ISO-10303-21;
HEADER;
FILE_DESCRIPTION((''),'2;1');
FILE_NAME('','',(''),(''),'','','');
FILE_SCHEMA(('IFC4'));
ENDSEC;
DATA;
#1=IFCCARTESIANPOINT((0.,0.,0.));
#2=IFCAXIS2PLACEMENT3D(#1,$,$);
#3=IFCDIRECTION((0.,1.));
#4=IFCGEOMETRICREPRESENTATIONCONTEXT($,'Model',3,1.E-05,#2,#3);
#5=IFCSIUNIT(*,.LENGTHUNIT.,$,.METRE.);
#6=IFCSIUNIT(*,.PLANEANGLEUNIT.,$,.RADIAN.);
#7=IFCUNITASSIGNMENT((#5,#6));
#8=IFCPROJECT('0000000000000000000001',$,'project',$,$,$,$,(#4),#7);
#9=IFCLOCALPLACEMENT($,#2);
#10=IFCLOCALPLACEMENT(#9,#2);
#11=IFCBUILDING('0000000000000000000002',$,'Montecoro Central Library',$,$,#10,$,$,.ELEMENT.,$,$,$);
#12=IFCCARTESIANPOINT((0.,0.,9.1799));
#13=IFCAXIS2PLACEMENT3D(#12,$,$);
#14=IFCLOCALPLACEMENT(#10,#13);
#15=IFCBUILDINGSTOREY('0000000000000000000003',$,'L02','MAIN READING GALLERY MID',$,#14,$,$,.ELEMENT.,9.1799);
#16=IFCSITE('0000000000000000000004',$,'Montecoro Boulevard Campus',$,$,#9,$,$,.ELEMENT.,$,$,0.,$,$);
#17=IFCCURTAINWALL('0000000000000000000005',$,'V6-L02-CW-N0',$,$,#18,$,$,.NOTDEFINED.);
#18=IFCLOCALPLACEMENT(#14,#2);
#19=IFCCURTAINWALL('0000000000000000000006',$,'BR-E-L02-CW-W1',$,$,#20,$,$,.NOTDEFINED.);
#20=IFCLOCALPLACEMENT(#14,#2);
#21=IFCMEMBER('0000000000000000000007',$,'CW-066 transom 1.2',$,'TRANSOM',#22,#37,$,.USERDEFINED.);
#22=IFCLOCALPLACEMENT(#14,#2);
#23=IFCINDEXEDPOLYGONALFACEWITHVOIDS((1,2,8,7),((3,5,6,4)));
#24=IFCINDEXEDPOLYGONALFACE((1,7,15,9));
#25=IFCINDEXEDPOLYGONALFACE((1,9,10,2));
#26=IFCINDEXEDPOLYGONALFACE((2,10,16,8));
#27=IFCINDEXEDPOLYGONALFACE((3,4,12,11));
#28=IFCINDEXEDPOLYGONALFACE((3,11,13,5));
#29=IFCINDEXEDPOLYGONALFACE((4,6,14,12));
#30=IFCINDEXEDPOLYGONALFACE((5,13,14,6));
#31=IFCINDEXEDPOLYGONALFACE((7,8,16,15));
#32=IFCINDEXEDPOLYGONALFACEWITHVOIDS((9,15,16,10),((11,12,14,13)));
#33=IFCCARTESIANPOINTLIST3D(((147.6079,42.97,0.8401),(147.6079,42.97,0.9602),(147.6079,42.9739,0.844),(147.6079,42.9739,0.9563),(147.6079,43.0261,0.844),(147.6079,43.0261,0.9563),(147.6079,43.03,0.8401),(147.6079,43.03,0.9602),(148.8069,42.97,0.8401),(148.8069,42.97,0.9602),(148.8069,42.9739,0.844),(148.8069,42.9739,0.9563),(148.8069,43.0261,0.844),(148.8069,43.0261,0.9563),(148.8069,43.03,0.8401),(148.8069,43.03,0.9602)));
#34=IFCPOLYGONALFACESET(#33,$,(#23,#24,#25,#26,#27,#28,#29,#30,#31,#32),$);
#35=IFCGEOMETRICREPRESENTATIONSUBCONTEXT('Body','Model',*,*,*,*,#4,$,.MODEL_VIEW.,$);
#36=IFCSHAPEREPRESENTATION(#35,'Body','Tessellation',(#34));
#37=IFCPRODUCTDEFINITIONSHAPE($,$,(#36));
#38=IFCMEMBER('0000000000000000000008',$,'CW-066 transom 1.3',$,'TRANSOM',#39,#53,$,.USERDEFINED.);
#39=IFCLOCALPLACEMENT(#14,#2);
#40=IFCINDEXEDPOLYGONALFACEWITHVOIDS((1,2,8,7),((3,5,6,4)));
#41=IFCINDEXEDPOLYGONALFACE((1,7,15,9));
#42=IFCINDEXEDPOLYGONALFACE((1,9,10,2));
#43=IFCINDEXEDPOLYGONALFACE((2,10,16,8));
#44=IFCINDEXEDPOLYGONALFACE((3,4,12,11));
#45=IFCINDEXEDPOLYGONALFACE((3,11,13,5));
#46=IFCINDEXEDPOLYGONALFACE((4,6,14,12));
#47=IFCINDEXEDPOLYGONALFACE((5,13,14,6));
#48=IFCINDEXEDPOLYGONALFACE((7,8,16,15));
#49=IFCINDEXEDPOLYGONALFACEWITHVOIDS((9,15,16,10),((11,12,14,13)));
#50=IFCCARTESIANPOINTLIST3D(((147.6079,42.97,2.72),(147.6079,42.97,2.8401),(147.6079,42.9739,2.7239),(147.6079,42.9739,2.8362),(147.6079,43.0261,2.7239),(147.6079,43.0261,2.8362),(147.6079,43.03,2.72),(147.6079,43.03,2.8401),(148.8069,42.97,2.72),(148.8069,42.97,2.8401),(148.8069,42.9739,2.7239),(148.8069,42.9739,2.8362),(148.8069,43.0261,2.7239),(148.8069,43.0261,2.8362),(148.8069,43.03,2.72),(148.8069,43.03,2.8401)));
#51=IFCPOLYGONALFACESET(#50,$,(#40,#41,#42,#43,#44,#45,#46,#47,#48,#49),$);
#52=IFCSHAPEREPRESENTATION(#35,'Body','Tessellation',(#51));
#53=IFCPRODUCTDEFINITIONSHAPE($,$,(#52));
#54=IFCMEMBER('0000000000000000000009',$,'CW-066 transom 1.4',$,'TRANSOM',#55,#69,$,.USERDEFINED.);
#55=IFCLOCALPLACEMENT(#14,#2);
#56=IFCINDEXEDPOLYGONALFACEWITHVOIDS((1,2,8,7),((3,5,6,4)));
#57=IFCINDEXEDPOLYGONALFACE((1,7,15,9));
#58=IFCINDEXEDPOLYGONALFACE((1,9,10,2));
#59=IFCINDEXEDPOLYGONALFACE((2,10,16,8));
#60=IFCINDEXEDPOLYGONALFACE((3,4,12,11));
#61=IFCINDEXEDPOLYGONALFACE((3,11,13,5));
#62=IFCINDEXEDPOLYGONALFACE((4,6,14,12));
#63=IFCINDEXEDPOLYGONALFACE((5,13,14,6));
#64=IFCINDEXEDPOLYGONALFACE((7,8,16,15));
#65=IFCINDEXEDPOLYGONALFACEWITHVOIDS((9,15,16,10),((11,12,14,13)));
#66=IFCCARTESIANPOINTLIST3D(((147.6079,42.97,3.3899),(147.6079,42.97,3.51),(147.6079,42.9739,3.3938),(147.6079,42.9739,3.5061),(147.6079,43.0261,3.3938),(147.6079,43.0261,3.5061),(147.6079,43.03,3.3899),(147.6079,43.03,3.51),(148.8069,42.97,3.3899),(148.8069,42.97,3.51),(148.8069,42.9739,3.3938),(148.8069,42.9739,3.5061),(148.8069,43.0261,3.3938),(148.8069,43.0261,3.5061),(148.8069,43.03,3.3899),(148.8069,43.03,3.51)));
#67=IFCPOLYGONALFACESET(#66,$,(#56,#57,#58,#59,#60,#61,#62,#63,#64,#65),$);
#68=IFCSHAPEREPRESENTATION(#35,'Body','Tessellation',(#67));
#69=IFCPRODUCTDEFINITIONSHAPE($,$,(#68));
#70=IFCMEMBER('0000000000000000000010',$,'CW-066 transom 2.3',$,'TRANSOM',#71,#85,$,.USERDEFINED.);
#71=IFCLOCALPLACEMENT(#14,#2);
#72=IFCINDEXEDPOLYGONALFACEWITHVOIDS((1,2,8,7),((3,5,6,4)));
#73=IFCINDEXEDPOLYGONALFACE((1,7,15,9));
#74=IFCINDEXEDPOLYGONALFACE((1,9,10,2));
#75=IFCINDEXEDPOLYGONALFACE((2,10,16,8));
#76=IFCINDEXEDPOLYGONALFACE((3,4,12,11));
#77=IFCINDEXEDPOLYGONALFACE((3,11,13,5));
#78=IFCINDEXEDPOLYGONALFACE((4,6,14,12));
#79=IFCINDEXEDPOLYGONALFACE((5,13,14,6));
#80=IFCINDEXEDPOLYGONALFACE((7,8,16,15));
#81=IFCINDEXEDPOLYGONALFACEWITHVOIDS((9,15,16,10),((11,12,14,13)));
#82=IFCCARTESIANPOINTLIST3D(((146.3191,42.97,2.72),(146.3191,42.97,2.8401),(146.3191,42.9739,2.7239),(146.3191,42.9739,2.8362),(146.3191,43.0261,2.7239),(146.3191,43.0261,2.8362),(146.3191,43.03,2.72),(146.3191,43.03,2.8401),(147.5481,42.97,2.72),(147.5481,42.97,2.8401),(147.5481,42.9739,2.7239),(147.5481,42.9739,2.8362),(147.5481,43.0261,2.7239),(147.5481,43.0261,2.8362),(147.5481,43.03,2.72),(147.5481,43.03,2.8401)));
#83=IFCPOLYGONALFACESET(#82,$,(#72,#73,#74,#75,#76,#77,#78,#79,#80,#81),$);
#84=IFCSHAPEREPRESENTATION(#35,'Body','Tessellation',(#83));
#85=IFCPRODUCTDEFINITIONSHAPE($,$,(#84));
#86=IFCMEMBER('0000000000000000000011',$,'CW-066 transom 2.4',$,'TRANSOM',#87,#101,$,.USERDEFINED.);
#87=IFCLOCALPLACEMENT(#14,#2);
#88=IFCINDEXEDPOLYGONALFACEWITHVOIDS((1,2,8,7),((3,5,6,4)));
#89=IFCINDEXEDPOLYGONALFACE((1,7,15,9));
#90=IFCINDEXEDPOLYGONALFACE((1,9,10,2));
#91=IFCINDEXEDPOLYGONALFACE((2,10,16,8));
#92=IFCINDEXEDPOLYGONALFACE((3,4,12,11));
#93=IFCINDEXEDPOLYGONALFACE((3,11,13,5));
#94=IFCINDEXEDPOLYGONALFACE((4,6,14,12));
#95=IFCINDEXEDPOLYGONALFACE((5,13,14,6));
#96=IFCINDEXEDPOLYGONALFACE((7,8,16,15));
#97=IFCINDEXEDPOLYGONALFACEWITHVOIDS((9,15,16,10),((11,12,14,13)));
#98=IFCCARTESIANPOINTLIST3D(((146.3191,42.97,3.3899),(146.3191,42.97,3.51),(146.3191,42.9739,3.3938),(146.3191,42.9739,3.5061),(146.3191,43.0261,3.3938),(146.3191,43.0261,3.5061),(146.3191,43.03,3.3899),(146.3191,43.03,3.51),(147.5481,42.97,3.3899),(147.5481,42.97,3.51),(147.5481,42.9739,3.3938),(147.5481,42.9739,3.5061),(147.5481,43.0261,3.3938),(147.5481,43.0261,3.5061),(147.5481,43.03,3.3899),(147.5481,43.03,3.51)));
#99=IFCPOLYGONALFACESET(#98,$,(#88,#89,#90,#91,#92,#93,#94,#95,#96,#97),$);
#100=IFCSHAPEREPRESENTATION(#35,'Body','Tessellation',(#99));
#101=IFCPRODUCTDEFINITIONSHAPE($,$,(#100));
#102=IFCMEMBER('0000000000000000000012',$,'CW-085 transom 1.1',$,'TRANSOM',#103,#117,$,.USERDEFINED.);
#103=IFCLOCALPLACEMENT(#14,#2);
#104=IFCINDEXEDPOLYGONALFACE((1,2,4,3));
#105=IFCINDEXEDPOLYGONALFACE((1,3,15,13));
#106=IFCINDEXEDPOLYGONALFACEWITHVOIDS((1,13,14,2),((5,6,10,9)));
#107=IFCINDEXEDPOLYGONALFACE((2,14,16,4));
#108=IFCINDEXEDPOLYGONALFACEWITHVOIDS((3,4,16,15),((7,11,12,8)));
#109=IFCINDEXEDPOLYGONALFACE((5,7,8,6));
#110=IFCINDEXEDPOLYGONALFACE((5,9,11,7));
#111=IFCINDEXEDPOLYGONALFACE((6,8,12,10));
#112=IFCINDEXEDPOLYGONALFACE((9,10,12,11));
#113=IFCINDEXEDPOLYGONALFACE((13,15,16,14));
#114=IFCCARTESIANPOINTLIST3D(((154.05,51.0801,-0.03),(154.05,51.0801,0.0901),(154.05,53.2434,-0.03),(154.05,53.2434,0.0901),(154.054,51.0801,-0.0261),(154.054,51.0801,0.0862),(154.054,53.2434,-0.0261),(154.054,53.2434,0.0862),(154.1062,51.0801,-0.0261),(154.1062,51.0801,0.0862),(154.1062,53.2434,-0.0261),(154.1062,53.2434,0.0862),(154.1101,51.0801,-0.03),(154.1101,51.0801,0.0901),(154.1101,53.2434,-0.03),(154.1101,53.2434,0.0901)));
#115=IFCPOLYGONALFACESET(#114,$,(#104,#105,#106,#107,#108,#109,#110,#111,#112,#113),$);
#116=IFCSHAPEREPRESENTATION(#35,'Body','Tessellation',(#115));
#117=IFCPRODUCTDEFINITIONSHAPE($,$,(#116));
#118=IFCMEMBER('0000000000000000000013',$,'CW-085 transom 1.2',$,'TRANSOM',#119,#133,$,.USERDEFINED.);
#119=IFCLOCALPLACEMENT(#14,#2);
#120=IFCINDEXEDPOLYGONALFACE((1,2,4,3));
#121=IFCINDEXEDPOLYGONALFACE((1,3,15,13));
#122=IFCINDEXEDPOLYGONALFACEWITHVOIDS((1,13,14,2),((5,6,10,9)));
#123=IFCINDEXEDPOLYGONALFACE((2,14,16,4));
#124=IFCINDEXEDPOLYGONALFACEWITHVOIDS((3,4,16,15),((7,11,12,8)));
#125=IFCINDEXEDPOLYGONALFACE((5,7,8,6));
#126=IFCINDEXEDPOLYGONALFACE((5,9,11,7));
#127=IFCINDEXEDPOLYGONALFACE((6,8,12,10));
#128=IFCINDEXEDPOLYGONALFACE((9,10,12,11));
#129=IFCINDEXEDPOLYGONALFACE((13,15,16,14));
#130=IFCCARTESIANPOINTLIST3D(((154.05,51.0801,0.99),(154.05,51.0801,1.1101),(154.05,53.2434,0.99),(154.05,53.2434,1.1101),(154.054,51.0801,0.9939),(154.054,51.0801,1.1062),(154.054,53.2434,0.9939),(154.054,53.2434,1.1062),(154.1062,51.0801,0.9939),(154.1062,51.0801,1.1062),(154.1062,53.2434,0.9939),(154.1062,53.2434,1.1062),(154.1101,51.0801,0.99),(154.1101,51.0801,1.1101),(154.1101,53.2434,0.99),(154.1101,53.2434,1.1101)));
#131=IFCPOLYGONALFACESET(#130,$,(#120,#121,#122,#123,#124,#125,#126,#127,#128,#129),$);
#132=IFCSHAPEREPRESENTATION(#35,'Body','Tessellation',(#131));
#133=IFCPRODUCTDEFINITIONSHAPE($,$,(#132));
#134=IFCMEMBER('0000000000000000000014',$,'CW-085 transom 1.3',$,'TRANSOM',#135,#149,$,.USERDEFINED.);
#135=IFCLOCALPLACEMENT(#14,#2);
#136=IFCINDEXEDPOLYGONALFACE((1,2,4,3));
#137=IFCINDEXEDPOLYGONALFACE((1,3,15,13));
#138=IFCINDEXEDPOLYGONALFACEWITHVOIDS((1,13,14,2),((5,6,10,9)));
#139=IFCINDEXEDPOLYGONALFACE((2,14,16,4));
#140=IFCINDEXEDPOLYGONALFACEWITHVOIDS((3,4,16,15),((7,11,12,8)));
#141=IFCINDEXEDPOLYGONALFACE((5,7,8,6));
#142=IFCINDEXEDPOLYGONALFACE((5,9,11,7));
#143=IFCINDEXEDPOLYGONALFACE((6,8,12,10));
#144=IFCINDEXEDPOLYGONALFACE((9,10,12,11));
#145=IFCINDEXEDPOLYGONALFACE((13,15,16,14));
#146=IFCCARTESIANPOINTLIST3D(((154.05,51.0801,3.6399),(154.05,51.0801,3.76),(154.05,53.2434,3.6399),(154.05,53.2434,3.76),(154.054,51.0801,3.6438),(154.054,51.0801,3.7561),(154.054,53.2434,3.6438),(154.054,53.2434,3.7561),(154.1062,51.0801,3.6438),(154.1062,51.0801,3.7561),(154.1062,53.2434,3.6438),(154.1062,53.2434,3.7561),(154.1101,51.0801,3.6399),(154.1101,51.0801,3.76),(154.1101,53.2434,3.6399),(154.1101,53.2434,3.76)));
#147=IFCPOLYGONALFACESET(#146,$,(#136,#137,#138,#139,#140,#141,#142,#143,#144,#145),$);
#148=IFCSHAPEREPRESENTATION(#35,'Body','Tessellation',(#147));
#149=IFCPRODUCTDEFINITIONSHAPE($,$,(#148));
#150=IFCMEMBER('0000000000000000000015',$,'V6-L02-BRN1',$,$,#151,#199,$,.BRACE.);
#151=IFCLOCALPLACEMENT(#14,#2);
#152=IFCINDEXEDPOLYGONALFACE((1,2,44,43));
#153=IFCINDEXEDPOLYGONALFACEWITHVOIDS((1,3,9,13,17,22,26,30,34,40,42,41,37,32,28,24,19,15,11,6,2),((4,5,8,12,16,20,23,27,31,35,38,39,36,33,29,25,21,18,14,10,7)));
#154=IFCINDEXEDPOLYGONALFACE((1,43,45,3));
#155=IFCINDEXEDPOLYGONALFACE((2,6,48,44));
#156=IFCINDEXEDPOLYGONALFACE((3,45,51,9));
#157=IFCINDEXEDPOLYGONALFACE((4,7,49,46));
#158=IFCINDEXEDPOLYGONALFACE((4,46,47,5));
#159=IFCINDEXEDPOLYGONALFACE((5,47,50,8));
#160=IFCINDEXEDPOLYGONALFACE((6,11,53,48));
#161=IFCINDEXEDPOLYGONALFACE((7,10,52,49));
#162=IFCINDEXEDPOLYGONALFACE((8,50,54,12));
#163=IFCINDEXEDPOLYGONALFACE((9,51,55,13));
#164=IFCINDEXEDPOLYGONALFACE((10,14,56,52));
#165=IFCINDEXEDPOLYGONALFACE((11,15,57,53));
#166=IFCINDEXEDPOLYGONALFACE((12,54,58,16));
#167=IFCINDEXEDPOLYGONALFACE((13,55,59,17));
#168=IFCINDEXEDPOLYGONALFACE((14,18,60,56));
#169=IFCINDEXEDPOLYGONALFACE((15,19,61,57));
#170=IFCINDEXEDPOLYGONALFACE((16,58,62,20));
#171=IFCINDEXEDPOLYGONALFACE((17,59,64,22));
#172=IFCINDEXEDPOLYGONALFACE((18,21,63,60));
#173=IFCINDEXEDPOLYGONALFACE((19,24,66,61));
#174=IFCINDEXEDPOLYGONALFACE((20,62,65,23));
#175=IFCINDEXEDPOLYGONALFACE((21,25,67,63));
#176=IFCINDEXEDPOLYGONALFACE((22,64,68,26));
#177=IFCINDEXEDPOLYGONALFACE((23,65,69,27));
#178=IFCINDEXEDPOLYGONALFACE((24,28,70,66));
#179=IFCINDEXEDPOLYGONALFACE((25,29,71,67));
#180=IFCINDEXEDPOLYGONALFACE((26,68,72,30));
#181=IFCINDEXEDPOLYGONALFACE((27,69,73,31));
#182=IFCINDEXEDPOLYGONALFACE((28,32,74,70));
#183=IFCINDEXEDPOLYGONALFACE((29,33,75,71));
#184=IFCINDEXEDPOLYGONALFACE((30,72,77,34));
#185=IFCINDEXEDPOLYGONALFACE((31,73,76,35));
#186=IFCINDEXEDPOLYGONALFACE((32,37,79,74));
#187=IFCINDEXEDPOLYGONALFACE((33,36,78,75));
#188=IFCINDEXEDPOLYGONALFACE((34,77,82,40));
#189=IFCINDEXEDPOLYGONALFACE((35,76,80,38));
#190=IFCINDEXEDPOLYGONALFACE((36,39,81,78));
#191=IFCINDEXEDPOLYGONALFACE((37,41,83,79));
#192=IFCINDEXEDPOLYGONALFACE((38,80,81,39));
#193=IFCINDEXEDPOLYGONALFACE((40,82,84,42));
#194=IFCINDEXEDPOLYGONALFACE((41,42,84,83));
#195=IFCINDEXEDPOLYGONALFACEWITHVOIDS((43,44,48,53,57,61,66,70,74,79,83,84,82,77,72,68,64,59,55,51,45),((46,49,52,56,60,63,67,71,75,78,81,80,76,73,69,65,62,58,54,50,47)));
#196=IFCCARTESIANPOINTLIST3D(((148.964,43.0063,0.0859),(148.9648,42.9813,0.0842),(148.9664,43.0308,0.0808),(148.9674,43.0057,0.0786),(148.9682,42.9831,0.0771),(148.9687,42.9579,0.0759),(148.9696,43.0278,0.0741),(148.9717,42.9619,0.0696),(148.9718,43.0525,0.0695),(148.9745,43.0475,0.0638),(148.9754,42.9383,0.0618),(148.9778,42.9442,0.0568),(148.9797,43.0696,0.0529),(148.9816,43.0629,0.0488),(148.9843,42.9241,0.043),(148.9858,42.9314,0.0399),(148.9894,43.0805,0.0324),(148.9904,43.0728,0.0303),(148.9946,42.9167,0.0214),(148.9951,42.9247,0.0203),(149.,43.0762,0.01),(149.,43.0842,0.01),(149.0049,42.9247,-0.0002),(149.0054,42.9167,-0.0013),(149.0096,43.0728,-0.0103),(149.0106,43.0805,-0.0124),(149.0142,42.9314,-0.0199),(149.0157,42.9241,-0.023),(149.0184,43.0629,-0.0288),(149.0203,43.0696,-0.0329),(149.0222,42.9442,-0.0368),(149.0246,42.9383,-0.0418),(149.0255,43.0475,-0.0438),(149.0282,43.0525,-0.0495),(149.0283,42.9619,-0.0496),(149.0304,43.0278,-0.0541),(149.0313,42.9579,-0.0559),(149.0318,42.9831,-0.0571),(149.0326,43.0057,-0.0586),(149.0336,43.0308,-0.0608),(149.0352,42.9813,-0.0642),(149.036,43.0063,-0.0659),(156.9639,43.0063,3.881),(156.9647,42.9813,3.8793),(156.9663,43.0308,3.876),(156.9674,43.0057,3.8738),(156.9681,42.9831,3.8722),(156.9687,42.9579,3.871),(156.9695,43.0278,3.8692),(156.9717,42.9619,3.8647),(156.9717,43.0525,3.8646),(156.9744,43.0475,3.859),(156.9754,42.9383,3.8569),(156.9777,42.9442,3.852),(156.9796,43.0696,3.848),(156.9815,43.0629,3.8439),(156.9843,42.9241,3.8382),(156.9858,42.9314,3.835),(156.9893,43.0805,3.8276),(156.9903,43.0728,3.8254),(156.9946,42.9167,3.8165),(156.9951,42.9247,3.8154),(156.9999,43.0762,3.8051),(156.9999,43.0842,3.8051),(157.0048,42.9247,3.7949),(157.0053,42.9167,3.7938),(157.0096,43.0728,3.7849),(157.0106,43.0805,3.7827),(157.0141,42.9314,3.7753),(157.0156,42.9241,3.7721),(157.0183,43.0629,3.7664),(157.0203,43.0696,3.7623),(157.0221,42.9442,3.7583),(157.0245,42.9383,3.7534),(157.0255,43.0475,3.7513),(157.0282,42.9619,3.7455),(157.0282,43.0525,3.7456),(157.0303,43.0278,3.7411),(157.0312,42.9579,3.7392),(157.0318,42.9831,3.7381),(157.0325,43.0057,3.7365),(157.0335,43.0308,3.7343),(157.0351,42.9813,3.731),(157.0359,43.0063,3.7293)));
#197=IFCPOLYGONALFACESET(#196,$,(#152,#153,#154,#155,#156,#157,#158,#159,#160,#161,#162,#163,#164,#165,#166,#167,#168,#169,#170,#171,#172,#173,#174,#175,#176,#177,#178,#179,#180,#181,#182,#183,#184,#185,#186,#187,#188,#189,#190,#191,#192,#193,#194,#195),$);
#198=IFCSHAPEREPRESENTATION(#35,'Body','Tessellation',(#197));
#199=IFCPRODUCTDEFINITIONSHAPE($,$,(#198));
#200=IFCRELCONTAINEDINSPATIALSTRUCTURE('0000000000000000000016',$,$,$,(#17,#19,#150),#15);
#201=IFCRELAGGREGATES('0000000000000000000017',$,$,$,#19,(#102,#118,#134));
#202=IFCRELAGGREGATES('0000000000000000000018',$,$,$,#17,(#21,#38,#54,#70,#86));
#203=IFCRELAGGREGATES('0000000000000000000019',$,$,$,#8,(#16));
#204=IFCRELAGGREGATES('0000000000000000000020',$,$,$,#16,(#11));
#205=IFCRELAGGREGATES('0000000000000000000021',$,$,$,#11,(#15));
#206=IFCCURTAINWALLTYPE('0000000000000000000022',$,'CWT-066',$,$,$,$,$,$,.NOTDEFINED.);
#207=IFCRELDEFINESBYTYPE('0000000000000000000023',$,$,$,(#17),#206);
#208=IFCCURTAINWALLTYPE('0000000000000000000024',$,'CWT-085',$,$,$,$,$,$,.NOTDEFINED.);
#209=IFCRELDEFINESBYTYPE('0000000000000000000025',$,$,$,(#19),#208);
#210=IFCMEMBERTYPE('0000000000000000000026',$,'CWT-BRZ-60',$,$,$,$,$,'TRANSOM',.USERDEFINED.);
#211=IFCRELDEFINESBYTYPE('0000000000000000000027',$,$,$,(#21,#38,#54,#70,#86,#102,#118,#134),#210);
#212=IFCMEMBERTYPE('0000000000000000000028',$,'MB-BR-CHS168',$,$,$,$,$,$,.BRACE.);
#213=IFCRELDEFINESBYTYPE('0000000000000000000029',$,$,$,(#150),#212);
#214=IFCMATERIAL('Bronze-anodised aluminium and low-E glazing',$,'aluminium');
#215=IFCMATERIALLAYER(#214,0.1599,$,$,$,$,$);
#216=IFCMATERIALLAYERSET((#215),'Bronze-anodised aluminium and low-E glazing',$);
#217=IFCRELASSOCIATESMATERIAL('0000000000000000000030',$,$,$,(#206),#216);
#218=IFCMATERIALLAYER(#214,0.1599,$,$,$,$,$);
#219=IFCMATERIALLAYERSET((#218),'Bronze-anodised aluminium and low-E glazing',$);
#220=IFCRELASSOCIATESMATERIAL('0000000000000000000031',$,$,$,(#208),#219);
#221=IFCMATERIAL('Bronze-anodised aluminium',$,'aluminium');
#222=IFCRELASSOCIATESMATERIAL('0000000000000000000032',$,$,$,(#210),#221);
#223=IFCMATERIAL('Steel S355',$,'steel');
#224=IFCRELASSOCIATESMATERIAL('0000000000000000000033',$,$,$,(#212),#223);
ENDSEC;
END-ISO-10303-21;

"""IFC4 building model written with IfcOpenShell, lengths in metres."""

from ifc_helpers import new_model, si_unit, direction, frame, origin, origin_2d, place, context, subcontext, project, spatial, hollow_rectangle, hollow_circle, extrude, material, layer, layer_set, material_profile, profile_set, type_object, element, aggregate, save


model = new_model("IFC4")

# Units and contexts
model_context = context("Model", 3, precision=1e-05, world=origin(), true_north=direction((0.0, 1.0)))
body_context = subcontext(model_context, "Body", "Model", "MODEL_VIEW")
ifc_project = project(units=[si_unit("LENGTHUNIT", "METRE"), si_unit("PLANEANGLEUNIT", "RADIAN")], contexts=[model_context])

# Site, building, storey
site_placement = place(None, origin())
site = spatial("IfcSite", under=ifc_project, at=site_placement, Name="Montecoro Boulevard Campus", CompositionType="ELEMENT", RefElevation=0.0)
building_placement = place(site_placement, origin())
building = spatial("IfcBuilding", under=site, at=building_placement, Name="Montecoro Central Library", CompositionType="ELEMENT")
storey_placement = place(building_placement, frame((0.0, 0.0, 9.1799)))
storey = spatial("IfcBuildingStorey", under=building, at=storey_placement, Name="L02", Description="MAIN READING GALLERY MID", CompositionType="ELEMENT", Elevation=9.1799)

# Shared definitions
ifc_material_1 = material(Name="Steel S355", Category="steel")

# Curtain wall
ifc_material_2 = material(Name="Bronze-anodised aluminium and low-E glazing", Category="aluminium")
ifc_layer_1 = layer(ifc_material_2, 0.1599)
ifc_layer_set_1 = layer_set([ifc_layer_1], Name="Bronze-anodised aluminium and low-E glazing")
curtain_wall_type_1 = type_object("IfcCurtainWallType", Name="CWT-066", PredefinedType="NOTDEFINED", material=ifc_layer_set_1)
curtain_wall_1_placement = place(storey_placement, origin())
curtain_wall_1 = element("IfcCurtainWall", 1, at=curtain_wall_1_placement, inside=storey, type_object=curtain_wall_type_1, Name="V6-L02-CW-N0", PredefinedType="NOTDEFINED")
ifc_material_3 = material(Name="Bronze-anodised aluminium", Category="aluminium")

# Curtain wall
ifc_layer_2 = layer(ifc_material_2, 0.1599)
ifc_layer_set_2 = layer_set([ifc_layer_2], Name="Bronze-anodised aluminium and low-E glazing")
curtain_wall_type_2 = type_object("IfcCurtainWallType", Name="CWT-085", PredefinedType="NOTDEFINED", material=ifc_layer_set_2)
curtain_wall_2_placement = place(storey_placement, origin())
curtain_wall_2 = element("IfcCurtainWall", 2, at=curtain_wall_2_placement, inside=storey, type_object=curtain_wall_type_2, Name="BR-E-L02-CW-W1", PredefinedType="NOTDEFINED")

# Members
ifc_material_profile_1 = material_profile(ifc_material_3, hollow_rectangle(XDim=0.0601, YDim=0.1201, WallThickness=0.0039, at=origin_2d()), Name="CWT 120x60x4.0")
ifc_profile_set_1 = profile_set([ifc_material_profile_1], Name="Bronze-anodised aluminium")
member_type_1 = type_object("IfcMemberType", Name="CWT-BRZ-60", ElementType="TRANSOM", PredefinedType="USERDEFINED", material=ifc_profile_set_1)
member_1_placement = place(storey_placement, frame((148.8069, 43.0, 0.9001), z_axis=(-1.0, 0.0, 0.0), x_axis=(0.0, -1.0, 0.0)))
member_1 = element("IfcMember", 3, at=member_1_placement, type_object=member_type_1, Name="CW-066 transom 1.2", ObjectType="TRANSOM", PredefinedType="USERDEFINED", context=body_context, shape_type="SweptSolid", body=[
    extrude(hollow_rectangle(XDim=0.0601, YDim=0.1201, WallThickness=0.0039, at=origin_2d()), origin(), (0.0, 0.0, 1.0), 1.199),
])
member_2_placement = place(storey_placement, frame((148.8069, 43.0, 2.78), z_axis=(-1.0, 0.0, 0.0), x_axis=(0.0, -1.0, 0.0)))
member_2 = element("IfcMember", 4, at=member_2_placement, type_object=member_type_1, Name="CW-066 transom 1.3", ObjectType="TRANSOM", PredefinedType="USERDEFINED", context=body_context, shape_type="SweptSolid", body=[
    extrude(hollow_rectangle(XDim=0.0601, YDim=0.1201, WallThickness=0.0039, at=origin_2d()), origin(), (0.0, 0.0, 1.0), 1.199),
])
member_3_placement = place(storey_placement, frame((148.8069, 43.0, 3.45), z_axis=(-1.0, 0.0, 0.0), x_axis=(0.0, -1.0, 0.0)))
member_3 = element("IfcMember", 5, at=member_3_placement, type_object=member_type_1, Name="CW-066 transom 1.4", ObjectType="TRANSOM", PredefinedType="USERDEFINED", context=body_context, shape_type="SweptSolid", body=[
    extrude(hollow_rectangle(XDim=0.0601, YDim=0.1201, WallThickness=0.0039, at=origin_2d()), origin(), (0.0, 0.0, 1.0), 1.199),
])
member_4_placement = place(storey_placement, frame((147.5481, 43.0, 2.78), z_axis=(-1.0, 0.0, 0.0), x_axis=(0.0, -1.0, 0.0)))
member_4 = element("IfcMember", 6, at=member_4_placement, type_object=member_type_1, Name="CW-066 transom 2.3", ObjectType="TRANSOM", PredefinedType="USERDEFINED", context=body_context, shape_type="SweptSolid", body=[
    extrude(hollow_rectangle(XDim=0.0601, YDim=0.1201, WallThickness=0.0039, at=origin_2d()), origin(), (0.0, 0.0, 1.0), 1.229),
])
member_5_placement = place(storey_placement, frame((147.5481, 43.0, 3.45), z_axis=(-1.0, 0.0, 0.0), x_axis=(0.0, -1.0, 0.0)))
member_5 = element("IfcMember", 7, at=member_5_placement, type_object=member_type_1, Name="CW-066 transom 2.4", ObjectType="TRANSOM", PredefinedType="USERDEFINED", context=body_context, shape_type="SweptSolid", body=[
    extrude(hollow_rectangle(XDim=0.0601, YDim=0.1201, WallThickness=0.0039, at=origin_2d()), origin(), (0.0, 0.0, 1.0), 1.229),
])
member_6_placement = place(storey_placement, frame((154.0801, 51.0801, 0.03), z_axis=(0.0, 1.0, 0.0), x_axis=(-1.0, 0.0, 0.0)))
member_6 = element("IfcMember", 8, at=member_6_placement, type_object=member_type_1, Name="CW-085 transom 1.1", ObjectType="TRANSOM", PredefinedType="USERDEFINED", context=body_context, shape_type="SweptSolid", body=[
    extrude(hollow_rectangle(XDim=0.0601, YDim=0.1201, WallThickness=0.0039, at=origin_2d()), origin(), (0.0, 0.0, 1.0), 2.1633),
])
member_7_placement = place(storey_placement, frame((154.0801, 51.0801, 1.05), z_axis=(0.0, 1.0, 0.0), x_axis=(-1.0, 0.0, 0.0)))
member_7 = element("IfcMember", 9, at=member_7_placement, type_object=member_type_1, Name="CW-085 transom 1.2", ObjectType="TRANSOM", PredefinedType="USERDEFINED", context=body_context, shape_type="SweptSolid", body=[
    extrude(hollow_rectangle(XDim=0.0601, YDim=0.1201, WallThickness=0.0039, at=origin_2d()), origin(), (0.0, 0.0, 1.0), 2.1633),
])
member_8_placement = place(storey_placement, frame((154.0801, 51.0801, 3.7), z_axis=(0.0, 1.0, 0.0), x_axis=(-1.0, 0.0, 0.0)))
member_8 = element("IfcMember", 10, at=member_8_placement, type_object=member_type_1, Name="CW-085 transom 1.3", ObjectType="TRANSOM", PredefinedType="USERDEFINED", context=body_context, shape_type="SweptSolid", body=[
    extrude(hollow_rectangle(XDim=0.0601, YDim=0.1201, WallThickness=0.0039, at=origin_2d()), origin(), (0.0, 0.0, 1.0), 2.1633),
])
ifc_material_profile_2 = material_profile(ifc_material_1, hollow_circle(Radius=0.0842, WallThickness=0.0081, at=origin_2d()), Name="CHS 168.3x8.0")
ifc_profile_set_2 = profile_set([ifc_material_profile_2], Name="Steel S355")
member_type_2 = type_object("IfcMemberType", Name="MB-BR-CHS168", PredefinedType="BRACE", material=ifc_profile_set_2)
member_9_placement = place(storey_placement, frame((149.0, 43.0, 0.01), z_axis=(0.903489, 0.0, 0.428611), x_axis=(0.0, 1.0, 0.0)))
element("IfcMember", 11, at=member_9_placement, inside=storey, type_object=member_type_2, Name="V6-L02-BRN1", PredefinedType="BRACE", context=body_context, shape_type="SweptSolid", body=[
    extrude(hollow_circle(Radius=0.0842, WallThickness=0.0081, at=origin_2d()), origin(), (0.0, 0.0, 1.0), 8.8545),
])

aggregate(curtain_wall_2, [member_6, member_7, member_8])
aggregate(curtain_wall_1, [member_1, member_2, member_3, member_4, member_5])

save(model, "model.ifc")
